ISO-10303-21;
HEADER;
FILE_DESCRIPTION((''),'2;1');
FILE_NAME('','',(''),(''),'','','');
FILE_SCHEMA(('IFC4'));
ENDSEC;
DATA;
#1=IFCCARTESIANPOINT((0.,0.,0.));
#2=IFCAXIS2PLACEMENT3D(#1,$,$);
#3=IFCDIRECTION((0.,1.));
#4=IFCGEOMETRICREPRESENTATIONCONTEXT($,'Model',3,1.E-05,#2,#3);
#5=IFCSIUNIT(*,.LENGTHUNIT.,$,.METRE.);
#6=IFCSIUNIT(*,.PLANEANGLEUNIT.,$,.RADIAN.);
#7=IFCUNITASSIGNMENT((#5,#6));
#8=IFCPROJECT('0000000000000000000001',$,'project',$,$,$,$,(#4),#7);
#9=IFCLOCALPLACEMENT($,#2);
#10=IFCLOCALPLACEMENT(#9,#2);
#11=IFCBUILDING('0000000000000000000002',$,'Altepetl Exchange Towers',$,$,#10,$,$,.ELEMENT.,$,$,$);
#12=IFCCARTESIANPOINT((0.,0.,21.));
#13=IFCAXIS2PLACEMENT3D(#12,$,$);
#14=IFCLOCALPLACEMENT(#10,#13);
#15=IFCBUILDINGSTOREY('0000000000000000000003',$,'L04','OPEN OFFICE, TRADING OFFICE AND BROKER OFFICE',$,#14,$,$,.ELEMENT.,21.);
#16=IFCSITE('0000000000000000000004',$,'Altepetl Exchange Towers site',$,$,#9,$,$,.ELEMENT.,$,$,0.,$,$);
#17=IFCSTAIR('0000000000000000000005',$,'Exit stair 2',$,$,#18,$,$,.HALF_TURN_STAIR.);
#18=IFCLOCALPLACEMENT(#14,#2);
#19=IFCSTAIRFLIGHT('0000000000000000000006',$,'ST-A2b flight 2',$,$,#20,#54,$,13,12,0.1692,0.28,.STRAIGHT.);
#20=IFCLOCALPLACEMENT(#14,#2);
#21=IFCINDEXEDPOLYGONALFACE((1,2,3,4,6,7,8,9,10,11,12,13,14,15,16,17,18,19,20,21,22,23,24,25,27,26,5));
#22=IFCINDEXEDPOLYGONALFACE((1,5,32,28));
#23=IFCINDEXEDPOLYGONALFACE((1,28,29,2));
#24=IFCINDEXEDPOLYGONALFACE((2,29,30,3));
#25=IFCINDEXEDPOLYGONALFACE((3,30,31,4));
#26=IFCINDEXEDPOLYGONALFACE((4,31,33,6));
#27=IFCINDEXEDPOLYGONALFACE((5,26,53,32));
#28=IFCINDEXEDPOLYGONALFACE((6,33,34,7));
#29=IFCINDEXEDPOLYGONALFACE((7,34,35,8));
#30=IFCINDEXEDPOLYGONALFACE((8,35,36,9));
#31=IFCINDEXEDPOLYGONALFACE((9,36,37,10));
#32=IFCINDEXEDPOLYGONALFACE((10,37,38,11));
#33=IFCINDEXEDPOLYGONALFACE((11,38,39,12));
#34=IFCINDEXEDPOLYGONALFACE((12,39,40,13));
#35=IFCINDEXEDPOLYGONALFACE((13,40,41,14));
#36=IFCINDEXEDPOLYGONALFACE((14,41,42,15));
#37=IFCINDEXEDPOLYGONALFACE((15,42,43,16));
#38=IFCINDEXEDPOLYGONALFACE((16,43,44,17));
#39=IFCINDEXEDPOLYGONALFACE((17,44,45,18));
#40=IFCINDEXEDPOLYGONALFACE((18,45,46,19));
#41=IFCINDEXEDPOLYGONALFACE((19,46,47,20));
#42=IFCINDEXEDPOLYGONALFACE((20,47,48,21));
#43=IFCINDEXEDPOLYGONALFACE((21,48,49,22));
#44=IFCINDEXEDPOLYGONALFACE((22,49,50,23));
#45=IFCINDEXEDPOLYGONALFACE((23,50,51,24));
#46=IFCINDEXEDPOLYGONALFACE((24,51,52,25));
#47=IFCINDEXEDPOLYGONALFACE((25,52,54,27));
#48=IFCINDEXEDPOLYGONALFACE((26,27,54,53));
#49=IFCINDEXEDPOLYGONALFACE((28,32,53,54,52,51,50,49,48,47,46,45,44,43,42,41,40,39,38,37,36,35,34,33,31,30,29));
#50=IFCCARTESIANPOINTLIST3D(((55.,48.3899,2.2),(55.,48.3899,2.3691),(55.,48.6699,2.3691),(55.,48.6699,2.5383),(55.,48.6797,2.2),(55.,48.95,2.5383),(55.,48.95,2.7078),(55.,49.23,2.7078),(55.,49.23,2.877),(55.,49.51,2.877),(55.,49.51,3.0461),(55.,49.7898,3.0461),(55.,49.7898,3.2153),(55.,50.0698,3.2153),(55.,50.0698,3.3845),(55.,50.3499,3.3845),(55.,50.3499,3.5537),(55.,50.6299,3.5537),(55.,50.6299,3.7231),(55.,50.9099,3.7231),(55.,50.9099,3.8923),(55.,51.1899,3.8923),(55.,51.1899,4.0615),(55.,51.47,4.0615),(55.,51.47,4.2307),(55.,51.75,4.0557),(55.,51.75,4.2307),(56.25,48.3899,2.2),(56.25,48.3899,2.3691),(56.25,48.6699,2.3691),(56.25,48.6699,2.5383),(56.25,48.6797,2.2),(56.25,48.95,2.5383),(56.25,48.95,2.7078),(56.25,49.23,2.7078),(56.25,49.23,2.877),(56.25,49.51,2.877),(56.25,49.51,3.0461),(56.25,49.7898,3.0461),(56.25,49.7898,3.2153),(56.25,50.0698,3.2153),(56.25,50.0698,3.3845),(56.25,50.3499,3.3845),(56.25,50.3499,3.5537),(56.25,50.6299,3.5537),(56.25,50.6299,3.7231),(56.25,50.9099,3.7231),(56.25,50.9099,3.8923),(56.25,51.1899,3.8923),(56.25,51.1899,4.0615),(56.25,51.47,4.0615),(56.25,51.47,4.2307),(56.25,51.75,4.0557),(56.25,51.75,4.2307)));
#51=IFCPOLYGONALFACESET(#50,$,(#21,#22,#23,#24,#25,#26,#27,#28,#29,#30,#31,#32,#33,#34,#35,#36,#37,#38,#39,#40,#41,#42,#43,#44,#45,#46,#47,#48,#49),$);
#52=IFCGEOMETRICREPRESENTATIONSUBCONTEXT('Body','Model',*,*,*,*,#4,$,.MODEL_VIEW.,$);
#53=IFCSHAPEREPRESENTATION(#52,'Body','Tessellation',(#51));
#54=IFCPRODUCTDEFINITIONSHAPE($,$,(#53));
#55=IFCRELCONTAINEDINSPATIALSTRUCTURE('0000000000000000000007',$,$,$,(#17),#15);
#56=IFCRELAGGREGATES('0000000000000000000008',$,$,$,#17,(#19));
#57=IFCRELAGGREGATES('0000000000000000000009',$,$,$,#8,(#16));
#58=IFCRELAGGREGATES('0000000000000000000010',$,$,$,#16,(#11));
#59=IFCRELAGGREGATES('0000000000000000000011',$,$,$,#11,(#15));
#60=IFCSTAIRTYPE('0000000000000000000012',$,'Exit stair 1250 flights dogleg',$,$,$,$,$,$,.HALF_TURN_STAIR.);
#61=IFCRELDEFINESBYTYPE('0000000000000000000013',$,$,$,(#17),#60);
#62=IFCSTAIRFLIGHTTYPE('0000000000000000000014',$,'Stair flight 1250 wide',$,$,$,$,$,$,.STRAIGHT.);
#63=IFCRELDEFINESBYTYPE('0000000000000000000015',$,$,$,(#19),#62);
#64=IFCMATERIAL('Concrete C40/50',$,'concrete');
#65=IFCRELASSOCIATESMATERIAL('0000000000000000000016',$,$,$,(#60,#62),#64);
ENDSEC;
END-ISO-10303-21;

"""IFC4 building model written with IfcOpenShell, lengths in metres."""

from ifc_helpers import new_model, si_unit, direction, frame, origin, place, context, subcontext, project, spatial, polyline, outline, extrude, material, type_object, element, aggregate, save


model = new_model("IFC4")

# Units and contexts
model_context = context("Model", 3, precision=1e-05, world=origin(), true_north=direction((0.0, 1.0)))
body_context = subcontext(model_context, "Body", "Model", "MODEL_VIEW")
ifc_project = project(units=[si_unit("LENGTHUNIT", "METRE"), si_unit("PLANEANGLEUNIT", "RADIAN")], contexts=[model_context])

# Site, building, storey
site_placement = place(None, origin())
site = spatial("IfcSite", under=ifc_project, at=site_placement, Name="Altepetl Exchange Towers site", CompositionType="ELEMENT", RefElevation=0.0)
building_placement = place(site_placement, origin())
building = spatial("IfcBuilding", under=site, at=building_placement, Name="Altepetl Exchange Towers", CompositionType="ELEMENT")
storey_placement = place(building_placement, frame((0.0, 0.0, 21.0)))
storey = spatial("IfcBuildingStorey", under=building, at=storey_placement, Name="L04", Description="OPEN OFFICE, TRADING OFFICE AND BROKER OFFICE", CompositionType="ELEMENT", Elevation=21.0)

# Shared definitions
ifc_material_1 = material(Name="Concrete C40/50", Category="concrete")

# Stair, stair flight
stair_type = type_object("IfcStairType", Name="Exit stair 1250 flights dogleg", PredefinedType="HALF_TURN_STAIR", material=ifc_material_1)
stair_placement = place(storey_placement, origin())
stair = element("IfcStair", 1, at=stair_placement, inside=storey, type_object=stair_type, Name="Exit stair 2", PredefinedType="HALF_TURN_STAIR")
stair_flight_type = type_object("IfcStairFlightType", Name="Stair flight 1250 wide", PredefinedType="STRAIGHT", material=ifc_material_1)
stair_flight_1_placement = place(storey_placement, frame((55.625, 48.3899, 2.2), z_axis=(0.0, 0.0, 1.0), x_axis=(0.0, 1.0, 0.0)))
stair_flight_1 = element("IfcStairFlight", 2, at=stair_flight_1_placement, type_object=stair_flight_type, Name="ST-A2b flight 2", NumberOfRisers=13, NumberOfTreads=12, PredefinedType="STRAIGHT", RiserHeight=0.1692, TreadLength=0.28, context=body_context, shape_type="SweptSolid", body=[
    extrude(outline(polyline([(0.0, 0.0), (0.0, 0.1692), (0.28, 0.1692), (0.28, 0.3384), (0.5601, 0.3384), (0.5601, 0.5078), (0.8401, 0.5078), (0.8401, 0.677), (1.1201, 0.677), (1.1201, 0.8462), (1.3999, 0.8462), (1.3999, 1.0154), (1.6799, 1.0154), (1.6799, 1.1846), (1.96, 1.1846), (1.96, 1.3538), (2.24, 1.3538), (2.24, 1.5232), (2.52, 1.5232), (2.52, 1.6924), (2.8, 1.6924), (2.8, 1.8616), (3.0801, 1.8616), (3.0801, 2.0308), (3.3601, 2.0308), (3.3601, 2.2), (3.3601, 1.8557), (0.2898, 0.0), (0.0, 0.0)])), frame((0.0, 0.625, 0.0), z_axis=(0.0, -1.0, 0.0), x_axis=(1.0, 0.0, 0.0)), (0.0, 0.0, 1.0), 1.25),
])
aggregate(stair, [stair_flight_1])

save(model, "model.ifc")
